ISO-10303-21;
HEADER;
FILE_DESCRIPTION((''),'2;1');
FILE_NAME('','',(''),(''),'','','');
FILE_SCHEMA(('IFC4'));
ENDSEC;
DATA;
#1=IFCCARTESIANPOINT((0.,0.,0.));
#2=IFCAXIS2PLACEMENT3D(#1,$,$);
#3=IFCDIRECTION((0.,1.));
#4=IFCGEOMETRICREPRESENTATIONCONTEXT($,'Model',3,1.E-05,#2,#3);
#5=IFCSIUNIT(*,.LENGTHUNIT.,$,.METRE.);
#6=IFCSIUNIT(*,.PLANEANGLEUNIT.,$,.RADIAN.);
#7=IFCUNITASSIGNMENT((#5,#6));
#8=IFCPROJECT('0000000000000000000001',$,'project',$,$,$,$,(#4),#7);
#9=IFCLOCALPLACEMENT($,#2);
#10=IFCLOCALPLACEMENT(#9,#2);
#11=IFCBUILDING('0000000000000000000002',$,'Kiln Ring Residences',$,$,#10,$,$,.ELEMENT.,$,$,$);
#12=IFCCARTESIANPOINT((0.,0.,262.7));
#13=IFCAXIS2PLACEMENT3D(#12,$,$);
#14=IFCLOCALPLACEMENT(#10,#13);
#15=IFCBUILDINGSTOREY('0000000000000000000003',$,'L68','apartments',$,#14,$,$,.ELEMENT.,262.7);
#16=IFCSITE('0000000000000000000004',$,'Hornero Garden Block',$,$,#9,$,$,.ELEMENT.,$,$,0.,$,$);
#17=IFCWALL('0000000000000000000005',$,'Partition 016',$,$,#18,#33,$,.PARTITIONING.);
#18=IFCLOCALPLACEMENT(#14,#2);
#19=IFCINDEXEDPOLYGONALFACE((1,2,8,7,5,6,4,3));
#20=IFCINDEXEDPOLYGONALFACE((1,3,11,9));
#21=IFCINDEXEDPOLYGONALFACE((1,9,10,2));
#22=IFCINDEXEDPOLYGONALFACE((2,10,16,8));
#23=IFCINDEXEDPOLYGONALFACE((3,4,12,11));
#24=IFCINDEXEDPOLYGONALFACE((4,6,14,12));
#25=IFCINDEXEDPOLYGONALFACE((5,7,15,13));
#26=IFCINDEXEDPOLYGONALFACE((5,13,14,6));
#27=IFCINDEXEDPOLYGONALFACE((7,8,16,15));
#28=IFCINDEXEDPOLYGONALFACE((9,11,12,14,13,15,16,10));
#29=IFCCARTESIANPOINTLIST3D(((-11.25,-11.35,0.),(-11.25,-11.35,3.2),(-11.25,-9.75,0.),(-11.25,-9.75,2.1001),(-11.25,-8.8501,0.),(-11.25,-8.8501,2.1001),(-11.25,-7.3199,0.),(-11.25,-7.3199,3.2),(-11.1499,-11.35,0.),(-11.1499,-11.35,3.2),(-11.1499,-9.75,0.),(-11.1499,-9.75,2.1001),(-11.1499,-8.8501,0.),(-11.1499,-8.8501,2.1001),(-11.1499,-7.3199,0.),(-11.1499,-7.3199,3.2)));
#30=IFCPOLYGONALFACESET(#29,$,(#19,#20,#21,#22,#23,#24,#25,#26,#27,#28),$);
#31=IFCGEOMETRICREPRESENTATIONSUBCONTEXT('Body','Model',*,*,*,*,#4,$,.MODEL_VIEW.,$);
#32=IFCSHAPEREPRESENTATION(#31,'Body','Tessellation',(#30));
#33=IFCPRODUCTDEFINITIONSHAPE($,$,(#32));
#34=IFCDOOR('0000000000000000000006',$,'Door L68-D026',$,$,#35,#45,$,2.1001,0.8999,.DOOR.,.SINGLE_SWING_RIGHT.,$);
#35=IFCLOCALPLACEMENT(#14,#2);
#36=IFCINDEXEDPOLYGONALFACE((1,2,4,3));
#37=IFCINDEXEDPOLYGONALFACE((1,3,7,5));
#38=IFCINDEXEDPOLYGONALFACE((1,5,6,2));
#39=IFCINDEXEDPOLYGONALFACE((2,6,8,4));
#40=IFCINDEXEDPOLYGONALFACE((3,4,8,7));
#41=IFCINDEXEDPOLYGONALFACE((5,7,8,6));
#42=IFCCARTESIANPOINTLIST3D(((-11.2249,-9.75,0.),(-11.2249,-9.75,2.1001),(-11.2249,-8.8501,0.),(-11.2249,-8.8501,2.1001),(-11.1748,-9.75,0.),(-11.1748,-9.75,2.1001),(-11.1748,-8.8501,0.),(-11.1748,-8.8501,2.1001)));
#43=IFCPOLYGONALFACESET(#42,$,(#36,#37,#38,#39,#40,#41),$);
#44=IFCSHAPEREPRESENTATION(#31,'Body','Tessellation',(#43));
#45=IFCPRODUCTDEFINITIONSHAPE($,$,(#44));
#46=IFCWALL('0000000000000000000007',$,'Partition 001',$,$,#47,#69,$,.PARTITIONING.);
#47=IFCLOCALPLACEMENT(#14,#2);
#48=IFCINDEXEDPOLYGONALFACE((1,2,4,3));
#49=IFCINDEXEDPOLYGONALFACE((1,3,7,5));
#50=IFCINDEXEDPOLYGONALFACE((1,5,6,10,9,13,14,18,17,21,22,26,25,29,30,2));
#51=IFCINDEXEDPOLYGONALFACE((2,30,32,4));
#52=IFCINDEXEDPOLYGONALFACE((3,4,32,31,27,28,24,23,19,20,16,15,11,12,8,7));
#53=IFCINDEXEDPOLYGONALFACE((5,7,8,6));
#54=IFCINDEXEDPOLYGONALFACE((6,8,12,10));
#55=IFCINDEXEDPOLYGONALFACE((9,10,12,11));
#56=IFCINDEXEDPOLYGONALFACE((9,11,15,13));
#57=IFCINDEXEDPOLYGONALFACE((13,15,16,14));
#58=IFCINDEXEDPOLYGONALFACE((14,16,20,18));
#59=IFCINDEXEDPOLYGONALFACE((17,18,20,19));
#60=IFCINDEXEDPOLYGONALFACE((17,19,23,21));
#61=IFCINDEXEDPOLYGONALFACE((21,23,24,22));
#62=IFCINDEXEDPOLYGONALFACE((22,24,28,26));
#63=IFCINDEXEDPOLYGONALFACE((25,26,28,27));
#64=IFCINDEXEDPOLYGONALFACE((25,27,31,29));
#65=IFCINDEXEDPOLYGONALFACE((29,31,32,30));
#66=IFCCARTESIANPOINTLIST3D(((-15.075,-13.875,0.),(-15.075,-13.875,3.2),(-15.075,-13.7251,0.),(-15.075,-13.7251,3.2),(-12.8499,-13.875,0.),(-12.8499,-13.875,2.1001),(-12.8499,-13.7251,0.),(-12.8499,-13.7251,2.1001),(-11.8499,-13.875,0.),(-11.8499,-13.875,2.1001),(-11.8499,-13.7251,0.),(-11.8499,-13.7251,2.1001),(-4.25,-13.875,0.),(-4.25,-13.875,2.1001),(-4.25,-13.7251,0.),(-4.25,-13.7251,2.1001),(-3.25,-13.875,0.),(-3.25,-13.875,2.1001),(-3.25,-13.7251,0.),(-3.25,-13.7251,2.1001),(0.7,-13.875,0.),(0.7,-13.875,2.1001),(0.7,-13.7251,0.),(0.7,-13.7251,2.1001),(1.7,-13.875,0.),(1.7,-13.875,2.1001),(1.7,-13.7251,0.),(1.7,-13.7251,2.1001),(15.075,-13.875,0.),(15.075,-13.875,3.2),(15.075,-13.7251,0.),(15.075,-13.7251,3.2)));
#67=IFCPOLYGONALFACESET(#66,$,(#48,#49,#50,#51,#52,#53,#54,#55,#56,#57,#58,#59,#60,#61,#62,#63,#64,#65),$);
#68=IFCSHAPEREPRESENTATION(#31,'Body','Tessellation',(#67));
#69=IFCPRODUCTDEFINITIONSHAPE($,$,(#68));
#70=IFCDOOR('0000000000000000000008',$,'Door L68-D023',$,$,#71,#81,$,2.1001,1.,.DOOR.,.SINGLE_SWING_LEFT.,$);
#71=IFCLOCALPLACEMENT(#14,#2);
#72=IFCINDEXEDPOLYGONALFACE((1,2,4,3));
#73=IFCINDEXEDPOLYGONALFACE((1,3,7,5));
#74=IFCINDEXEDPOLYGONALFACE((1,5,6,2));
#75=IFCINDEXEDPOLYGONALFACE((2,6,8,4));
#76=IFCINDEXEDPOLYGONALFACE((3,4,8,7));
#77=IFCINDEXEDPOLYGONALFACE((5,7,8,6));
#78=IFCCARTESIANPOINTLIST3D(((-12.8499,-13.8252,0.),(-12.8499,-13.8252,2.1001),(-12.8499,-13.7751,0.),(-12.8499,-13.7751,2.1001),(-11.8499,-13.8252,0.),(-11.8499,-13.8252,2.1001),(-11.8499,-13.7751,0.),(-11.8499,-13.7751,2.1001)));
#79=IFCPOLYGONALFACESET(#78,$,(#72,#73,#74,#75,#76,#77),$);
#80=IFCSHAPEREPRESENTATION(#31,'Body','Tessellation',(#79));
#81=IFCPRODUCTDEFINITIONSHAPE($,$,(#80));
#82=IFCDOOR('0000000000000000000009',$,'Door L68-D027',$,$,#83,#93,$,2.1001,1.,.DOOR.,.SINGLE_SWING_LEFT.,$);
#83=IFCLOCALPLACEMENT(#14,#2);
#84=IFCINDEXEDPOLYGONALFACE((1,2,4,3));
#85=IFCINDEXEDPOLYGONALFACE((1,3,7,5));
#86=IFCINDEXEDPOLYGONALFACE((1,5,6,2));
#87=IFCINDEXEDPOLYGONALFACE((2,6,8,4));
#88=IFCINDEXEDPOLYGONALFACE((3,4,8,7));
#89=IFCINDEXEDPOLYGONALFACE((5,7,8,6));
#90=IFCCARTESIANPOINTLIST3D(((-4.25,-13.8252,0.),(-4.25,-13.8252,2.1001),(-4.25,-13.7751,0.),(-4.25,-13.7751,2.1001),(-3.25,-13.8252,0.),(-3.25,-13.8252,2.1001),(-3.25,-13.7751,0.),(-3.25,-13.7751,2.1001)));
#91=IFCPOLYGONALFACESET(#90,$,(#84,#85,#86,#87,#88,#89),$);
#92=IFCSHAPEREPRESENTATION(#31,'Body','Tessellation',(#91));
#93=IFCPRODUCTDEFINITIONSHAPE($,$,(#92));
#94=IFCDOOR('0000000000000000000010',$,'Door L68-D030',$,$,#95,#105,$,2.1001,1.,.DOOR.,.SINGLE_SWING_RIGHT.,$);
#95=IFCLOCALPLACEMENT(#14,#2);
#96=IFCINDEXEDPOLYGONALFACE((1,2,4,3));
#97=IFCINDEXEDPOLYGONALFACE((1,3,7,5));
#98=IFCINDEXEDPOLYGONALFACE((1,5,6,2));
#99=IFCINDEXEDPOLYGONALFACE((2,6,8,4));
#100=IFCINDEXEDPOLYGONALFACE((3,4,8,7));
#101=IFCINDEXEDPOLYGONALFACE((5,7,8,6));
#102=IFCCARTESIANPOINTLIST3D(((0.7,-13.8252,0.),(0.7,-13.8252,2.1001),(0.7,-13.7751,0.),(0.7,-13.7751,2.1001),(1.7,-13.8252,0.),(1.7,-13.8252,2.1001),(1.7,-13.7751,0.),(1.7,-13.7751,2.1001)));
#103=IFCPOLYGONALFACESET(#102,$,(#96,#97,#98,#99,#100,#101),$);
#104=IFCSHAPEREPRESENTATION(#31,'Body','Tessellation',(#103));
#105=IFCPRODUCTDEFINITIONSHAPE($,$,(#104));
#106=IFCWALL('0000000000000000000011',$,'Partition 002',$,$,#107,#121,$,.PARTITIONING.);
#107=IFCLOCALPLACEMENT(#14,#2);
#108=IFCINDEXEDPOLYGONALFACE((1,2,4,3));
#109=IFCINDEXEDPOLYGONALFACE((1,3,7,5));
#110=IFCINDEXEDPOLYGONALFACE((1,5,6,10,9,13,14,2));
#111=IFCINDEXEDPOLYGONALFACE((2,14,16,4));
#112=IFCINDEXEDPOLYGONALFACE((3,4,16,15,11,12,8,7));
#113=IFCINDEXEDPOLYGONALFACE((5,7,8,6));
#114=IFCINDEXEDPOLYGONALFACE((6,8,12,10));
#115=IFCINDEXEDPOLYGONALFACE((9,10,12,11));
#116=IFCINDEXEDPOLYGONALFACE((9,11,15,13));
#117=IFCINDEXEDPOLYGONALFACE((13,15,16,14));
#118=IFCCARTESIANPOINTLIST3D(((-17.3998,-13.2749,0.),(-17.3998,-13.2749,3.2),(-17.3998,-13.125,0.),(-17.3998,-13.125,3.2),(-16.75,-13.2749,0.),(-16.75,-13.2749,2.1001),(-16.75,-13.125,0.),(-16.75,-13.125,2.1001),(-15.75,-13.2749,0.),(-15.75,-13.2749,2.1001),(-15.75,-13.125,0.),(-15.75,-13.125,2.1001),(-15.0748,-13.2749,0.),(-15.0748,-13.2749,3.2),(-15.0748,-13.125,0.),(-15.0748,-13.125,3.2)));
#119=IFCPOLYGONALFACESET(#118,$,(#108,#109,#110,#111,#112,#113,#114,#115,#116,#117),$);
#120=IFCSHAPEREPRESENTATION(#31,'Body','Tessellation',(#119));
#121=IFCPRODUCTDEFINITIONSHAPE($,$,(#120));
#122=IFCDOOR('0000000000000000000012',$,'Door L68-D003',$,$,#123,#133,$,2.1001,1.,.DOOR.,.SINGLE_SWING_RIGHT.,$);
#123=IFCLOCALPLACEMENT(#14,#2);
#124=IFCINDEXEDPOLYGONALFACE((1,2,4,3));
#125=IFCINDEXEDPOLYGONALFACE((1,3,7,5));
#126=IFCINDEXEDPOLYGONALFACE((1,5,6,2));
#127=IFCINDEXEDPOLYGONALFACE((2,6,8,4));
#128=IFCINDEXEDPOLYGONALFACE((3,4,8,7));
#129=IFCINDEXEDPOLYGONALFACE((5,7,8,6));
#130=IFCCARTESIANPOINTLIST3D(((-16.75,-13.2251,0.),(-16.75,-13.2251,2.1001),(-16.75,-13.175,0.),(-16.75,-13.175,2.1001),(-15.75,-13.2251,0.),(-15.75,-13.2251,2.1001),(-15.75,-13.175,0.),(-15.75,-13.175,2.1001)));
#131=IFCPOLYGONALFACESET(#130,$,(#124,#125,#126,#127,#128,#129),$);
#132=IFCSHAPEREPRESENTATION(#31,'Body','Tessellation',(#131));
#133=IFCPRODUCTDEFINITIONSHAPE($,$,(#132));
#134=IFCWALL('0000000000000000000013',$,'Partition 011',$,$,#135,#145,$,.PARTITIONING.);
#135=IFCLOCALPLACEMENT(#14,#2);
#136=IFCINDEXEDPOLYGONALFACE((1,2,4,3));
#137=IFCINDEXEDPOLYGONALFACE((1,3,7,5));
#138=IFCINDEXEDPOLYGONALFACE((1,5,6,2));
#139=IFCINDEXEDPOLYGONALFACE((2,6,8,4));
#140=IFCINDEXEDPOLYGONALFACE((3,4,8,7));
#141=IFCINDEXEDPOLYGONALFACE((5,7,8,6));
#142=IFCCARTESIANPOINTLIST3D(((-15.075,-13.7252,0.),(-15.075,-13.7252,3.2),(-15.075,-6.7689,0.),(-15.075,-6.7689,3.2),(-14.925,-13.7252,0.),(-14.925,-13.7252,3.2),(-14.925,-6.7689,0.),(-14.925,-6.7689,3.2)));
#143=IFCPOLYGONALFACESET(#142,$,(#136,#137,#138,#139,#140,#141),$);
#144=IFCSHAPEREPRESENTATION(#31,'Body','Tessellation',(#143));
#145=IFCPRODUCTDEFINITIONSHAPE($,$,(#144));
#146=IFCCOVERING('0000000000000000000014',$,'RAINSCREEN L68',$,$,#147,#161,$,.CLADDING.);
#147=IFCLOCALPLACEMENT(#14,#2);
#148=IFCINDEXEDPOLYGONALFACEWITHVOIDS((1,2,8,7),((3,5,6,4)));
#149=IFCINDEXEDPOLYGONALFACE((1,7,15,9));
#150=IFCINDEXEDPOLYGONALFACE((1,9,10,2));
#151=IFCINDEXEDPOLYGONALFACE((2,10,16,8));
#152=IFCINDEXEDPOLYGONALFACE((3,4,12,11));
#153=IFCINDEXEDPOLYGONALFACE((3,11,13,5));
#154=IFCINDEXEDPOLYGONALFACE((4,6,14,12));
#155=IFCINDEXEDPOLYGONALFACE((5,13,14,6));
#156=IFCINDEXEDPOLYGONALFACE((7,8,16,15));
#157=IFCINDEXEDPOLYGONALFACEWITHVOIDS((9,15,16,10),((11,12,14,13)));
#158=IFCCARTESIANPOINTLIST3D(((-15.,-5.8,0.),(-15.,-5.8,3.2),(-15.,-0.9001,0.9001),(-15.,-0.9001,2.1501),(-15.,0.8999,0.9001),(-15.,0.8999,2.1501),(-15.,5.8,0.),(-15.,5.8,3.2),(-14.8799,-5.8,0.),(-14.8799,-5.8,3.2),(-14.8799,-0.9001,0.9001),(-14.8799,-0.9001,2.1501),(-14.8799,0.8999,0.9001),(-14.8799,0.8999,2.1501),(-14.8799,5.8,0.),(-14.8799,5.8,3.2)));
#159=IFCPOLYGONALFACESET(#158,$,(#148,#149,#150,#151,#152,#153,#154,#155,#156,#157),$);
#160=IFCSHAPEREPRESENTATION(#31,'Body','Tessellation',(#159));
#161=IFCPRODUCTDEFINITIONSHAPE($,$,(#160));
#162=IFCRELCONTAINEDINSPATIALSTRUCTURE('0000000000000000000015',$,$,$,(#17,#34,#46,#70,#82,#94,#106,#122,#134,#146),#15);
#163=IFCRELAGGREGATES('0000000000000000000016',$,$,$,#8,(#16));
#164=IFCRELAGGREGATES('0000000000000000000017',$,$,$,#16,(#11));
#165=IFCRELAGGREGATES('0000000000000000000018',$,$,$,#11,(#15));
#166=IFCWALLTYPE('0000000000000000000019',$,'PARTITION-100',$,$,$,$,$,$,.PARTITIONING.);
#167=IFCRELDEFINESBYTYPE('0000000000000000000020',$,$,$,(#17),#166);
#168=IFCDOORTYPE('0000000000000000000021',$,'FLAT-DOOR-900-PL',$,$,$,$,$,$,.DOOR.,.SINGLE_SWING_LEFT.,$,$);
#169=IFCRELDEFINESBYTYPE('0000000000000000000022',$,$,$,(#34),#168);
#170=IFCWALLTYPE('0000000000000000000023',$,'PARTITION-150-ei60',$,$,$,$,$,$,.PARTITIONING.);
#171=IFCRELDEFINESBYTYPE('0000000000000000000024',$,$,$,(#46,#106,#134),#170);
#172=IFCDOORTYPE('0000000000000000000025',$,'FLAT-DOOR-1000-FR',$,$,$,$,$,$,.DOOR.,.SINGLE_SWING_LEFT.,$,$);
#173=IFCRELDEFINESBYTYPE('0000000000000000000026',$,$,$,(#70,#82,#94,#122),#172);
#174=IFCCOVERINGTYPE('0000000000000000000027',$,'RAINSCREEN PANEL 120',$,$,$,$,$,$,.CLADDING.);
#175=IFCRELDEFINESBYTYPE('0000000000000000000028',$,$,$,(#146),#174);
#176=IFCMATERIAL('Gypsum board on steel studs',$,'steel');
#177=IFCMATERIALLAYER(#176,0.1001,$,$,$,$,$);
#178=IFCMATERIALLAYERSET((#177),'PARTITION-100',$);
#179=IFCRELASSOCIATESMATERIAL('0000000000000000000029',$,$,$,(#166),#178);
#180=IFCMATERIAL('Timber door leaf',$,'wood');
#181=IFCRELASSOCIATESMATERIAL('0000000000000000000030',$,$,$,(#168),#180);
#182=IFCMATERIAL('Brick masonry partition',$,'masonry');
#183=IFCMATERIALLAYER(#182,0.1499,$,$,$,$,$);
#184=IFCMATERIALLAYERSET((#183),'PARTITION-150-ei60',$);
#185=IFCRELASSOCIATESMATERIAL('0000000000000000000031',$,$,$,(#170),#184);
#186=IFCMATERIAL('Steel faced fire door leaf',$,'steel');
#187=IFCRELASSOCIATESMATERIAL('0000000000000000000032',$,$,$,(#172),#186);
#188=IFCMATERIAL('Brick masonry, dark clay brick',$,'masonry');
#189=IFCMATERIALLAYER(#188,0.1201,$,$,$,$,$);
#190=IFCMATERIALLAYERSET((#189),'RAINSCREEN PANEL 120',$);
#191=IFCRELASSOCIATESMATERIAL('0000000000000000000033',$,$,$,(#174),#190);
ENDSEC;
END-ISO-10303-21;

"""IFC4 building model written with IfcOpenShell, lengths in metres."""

from ifc_helpers import new_model, si_unit, direction, frame, frame_2d, origin, place, context, subcontext, project, spatial, polyline, rectangle, outline, extrude, material, layer, layer_set, type_object, element, fill, save


model = new_model("IFC4")

# Units and contexts
model_context = context("Model", 3, precision=1e-05, world=origin(), true_north=direction((0.0, 1.0)))
body_context = subcontext(model_context, "Body", "Model", "MODEL_VIEW")
ifc_project = project(units=[si_unit("LENGTHUNIT", "METRE"), si_unit("PLANEANGLEUNIT", "RADIAN")], contexts=[model_context])

# Site, building, storey
site_placement = place(None, origin())
site = spatial("IfcSite", under=ifc_project, at=site_placement, Name="Hornero Garden Block", CompositionType="ELEMENT", RefElevation=0.0)
building_placement = place(site_placement, origin())
building = spatial("IfcBuilding", under=site, at=building_placement, Name="Kiln Ring Residences", CompositionType="ELEMENT")
storey_placement = place(building_placement, frame((0.0, 0.0, 262.7)))
storey = spatial("IfcBuildingStorey", under=building, at=storey_placement, Name="L68", Description="apartments", CompositionType="ELEMENT", Elevation=262.7)

# Shared definitions
ifc_material_1 = material(Name="Gypsum board on steel studs", Category="steel")
ifc_layer_1 = layer(ifc_material_1, 0.1001)
ifc_layer_set_1 = layer_set([ifc_layer_1], Name="PARTITION-100")
wall_type_1 = type_object("IfcWallType", Name="PARTITION-100", PredefinedType="PARTITIONING", material=ifc_layer_set_1)
ifc_material_2 = material(Name="Timber door leaf", Category="wood")
door_type_1 = type_object("IfcDoorType", Name="FLAT-DOOR-900-PL", OperationType="SINGLE_SWING_LEFT", PredefinedType="DOOR", material=ifc_material_2)

# Wall, opening, door
wall_1_placement = place(storey_placement, frame((-11.2, -11.3501, 0.0), z_axis=(0.0, 0.0, 1.0), x_axis=(0.0, 1.0, 0.0)))
wall_1 = element("IfcWall", 1, at=wall_1_placement, inside=storey, type_object=wall_type_1, Name="Partition 016", PredefinedType="PARTITIONING", context=body_context, shape_type="SweptSolid", body=[
    extrude(rectangle(XDim=4.03, YDim=0.1001, at=frame_2d((2.0151, 0.0))), origin(), (0.0, 0.0, 1.0), 3.2),
])
opening_1_placement = place(wall_1_placement, frame((1.6001, 0.0, 0.0)))
opening_1 = element("IfcOpeningElement", 2, at=opening_1_placement, cuts=wall_1, PredefinedType="OPENING", context=body_context, shape_type="SweptSolid", body=[
    extrude(rectangle(XDim=0.8999, YDim=2.1001, at=frame_2d((0.45, 1.05))), frame((0.0, 0.0601, 0.0), z_axis=(0.0, -1.0, 0.0), x_axis=(1.0, 0.0, 0.0)), (0.0, 0.0, 1.0), 0.1201),
])
door_1_placement = place(opening_1_placement, origin())
door_1 = element("IfcDoor", 3, at=door_1_placement, inside=storey, type_object=door_type_1, Name="Door L68-D026", OperationType="SINGLE_SWING_RIGHT", OverallHeight=2.1001, OverallWidth=0.8999, PredefinedType="DOOR", context=body_context, shape_type="SweptSolid", body=[
    extrude(rectangle(XDim=0.8999, YDim=2.1001, at=frame_2d((0.45, 1.05))), frame((0.0, 0.0249, 0.0), z_axis=(0.0, -1.0, 0.0), x_axis=(1.0, 0.0, 0.0)), (0.0, 0.0, 1.0), 0.05),
])
fill(opening_1, door_1)

# Wall, openings, doors
ifc_material_3 = material(Name="Brick masonry partition", Category="masonry")
ifc_layer_2 = layer(ifc_material_3, 0.1499)
ifc_layer_set_2 = layer_set([ifc_layer_2], Name="PARTITION-150-ei60")
wall_type_2 = type_object("IfcWallType", Name="PARTITION-150-ei60", PredefinedType="PARTITIONING", material=ifc_layer_set_2)
wall_2_placement = place(storey_placement, frame((-15.075, -13.8, 0.0), z_axis=(0.0, 0.0, 1.0), x_axis=(1.0, 0.0, 0.0)))
wall_2 = element("IfcWall", 4, at=wall_2_placement, inside=storey, type_object=wall_type_2, Name="Partition 001", PredefinedType="PARTITIONING", context=body_context, shape_type="SweptSolid", body=[
    extrude(rectangle(XDim=30.1499, YDim=0.1499, at=frame_2d((15.075, 0.0))), origin(), (0.0, 0.0, 1.0), 3.2),
])
opening_2_placement = place(wall_2_placement, frame((2.2251, 0.0, 0.0)))
opening_2 = element("IfcOpeningElement", 5, at=opening_2_placement, cuts=wall_2, PredefinedType="OPENING", context=body_context, shape_type="SweptSolid", body=[
    extrude(rectangle(XDim=1.0, YDim=2.1001, at=frame_2d((0.5, 1.05))), frame((0.0, 0.085, 0.0), z_axis=(0.0, -1.0, 0.0), x_axis=(1.0, 0.0, 0.0)), (0.0, 0.0, 1.0), 0.1699),
])
opening_3_placement = place(wall_2_placement, frame((10.825, 0.0, 0.0)))
opening_3 = element("IfcOpeningElement", 6, at=opening_3_placement, cuts=wall_2, PredefinedType="OPENING", context=body_context, shape_type="SweptSolid", body=[
    extrude(rectangle(XDim=1.0, YDim=2.1001, at=frame_2d((0.5, 1.05))), frame((0.0, 0.085, 0.0), z_axis=(0.0, -1.0, 0.0), x_axis=(1.0, 0.0, 0.0)), (0.0, 0.0, 1.0), 0.1699),
])
opening_4_placement = place(wall_2_placement, frame((15.7749, 0.0, 0.0)))
opening_4 = element("IfcOpeningElement", 7, at=opening_4_placement, cuts=wall_2, PredefinedType="OPENING", context=body_context, shape_type="SweptSolid", body=[
    extrude(rectangle(XDim=1.0, YDim=2.1001, at=frame_2d((0.5, 1.05))), frame((0.0, 0.085, 0.0), z_axis=(0.0, -1.0, 0.0), x_axis=(1.0, 0.0, 0.0)), (0.0, 0.0, 1.0), 0.1699),
])
ifc_material_4 = material(Name="Steel faced fire door leaf", Category="steel")
door_type_2 = type_object("IfcDoorType", Name="FLAT-DOOR-1000-FR", OperationType="SINGLE_SWING_LEFT", PredefinedType="DOOR", material=ifc_material_4)
door_2_placement = place(opening_2_placement, origin())
door_2 = element("IfcDoor", 8, at=door_2_placement, inside=storey, type_object=door_type_2, Name="Door L68-D023", OperationType="SINGLE_SWING_LEFT", OverallHeight=2.1001, OverallWidth=1.0, PredefinedType="DOOR", context=body_context, shape_type="SweptSolid", body=[
    extrude(rectangle(XDim=1.0, YDim=2.1001, at=frame_2d((0.5, 1.05))), frame((0.0, 0.0249, 0.0), z_axis=(0.0, -1.0, 0.0), x_axis=(1.0, 0.0, 0.0)), (0.0, 0.0, 1.0), 0.05),
])
fill(opening_2, door_2)
door_3_placement = place(opening_3_placement, origin())
door_3 = element("IfcDoor", 9, at=door_3_placement, inside=storey, type_object=door_type_2, Name="Door L68-D027", OperationType="SINGLE_SWING_LEFT", OverallHeight=2.1001, OverallWidth=1.0, PredefinedType="DOOR", context=body_context, shape_type="SweptSolid", body=[
    extrude(rectangle(XDim=1.0, YDim=2.1001, at=frame_2d((0.5, 1.05))), frame((0.0, 0.0249, 0.0), z_axis=(0.0, -1.0, 0.0), x_axis=(1.0, 0.0, 0.0)), (0.0, 0.0, 1.0), 0.05),
])
fill(opening_3, door_3)
door_4_placement = place(opening_4_placement, origin())
door_4 = element("IfcDoor", 10, at=door_4_placement, inside=storey, type_object=door_type_2, Name="Door L68-D030", OperationType="SINGLE_SWING_RIGHT", OverallHeight=2.1001, OverallWidth=1.0, PredefinedType="DOOR", context=body_context, shape_type="SweptSolid", body=[
    extrude(rectangle(XDim=1.0, YDim=2.1001, at=frame_2d((0.5, 1.05))), frame((0.0, 0.0249, 0.0), z_axis=(0.0, -1.0, 0.0), x_axis=(1.0, 0.0, 0.0)), (0.0, 0.0, 1.0), 0.05),
])
fill(opening_4, door_4)

# Wall, opening, door
wall_3_placement = place(storey_placement, frame((-17.3999, -13.2, 0.0), z_axis=(0.0, 0.0, 1.0), x_axis=(1.0, 0.0, 0.0)))
wall_3 = element("IfcWall", 11, at=wall_3_placement, inside=storey, type_object=wall_type_2, Name="Partition 002", PredefinedType="PARTITIONING", context=body_context, shape_type="SweptSolid", body=[
    extrude(rectangle(XDim=2.325, YDim=0.1499, at=frame_2d((1.1626, 0.0))), origin(), (0.0, 0.0, 1.0), 3.2),
])
opening_5_placement = place(wall_3_placement, frame((0.6499, 0.0, 0.0)))
opening_5 = element("IfcOpeningElement", 12, at=opening_5_placement, cuts=wall_3, PredefinedType="OPENING", context=body_context, shape_type="SweptSolid", body=[
    extrude(rectangle(XDim=1.0, YDim=2.1001, at=frame_2d((0.5, 1.05))), frame((0.0, 0.085, 0.0), z_axis=(0.0, -1.0, 0.0), x_axis=(1.0, 0.0, 0.0)), (0.0, 0.0, 1.0), 0.1699),
])
door_5_placement = place(opening_5_placement, origin())
door_5 = element("IfcDoor", 13, at=door_5_placement, inside=storey, type_object=door_type_2, Name="Door L68-D003", OperationType="SINGLE_SWING_RIGHT", OverallHeight=2.1001, OverallWidth=1.0, PredefinedType="DOOR", context=body_context, shape_type="SweptSolid", body=[
    extrude(rectangle(XDim=1.0, YDim=2.1001, at=frame_2d((0.5, 1.05))), frame((0.0, 0.0249, 0.0), z_axis=(0.0, -1.0, 0.0), x_axis=(1.0, 0.0, 0.0)), (0.0, 0.0, 1.0), 0.05),
])
fill(opening_5, door_5)

# Wall
wall_4_placement = place(storey_placement, frame((-15.0, -13.7251, 0.0), z_axis=(0.0, 0.0, 1.0), x_axis=(0.0, 1.0, 0.0)))
element("IfcWall", 14, at=wall_4_placement, inside=storey, type_object=wall_type_2, Name="Partition 011", PredefinedType="PARTITIONING", context=body_context, shape_type="SweptSolid", body=[
    extrude(rectangle(XDim=6.9563, YDim=0.1499, at=frame_2d((3.478, 0.0))), origin(), (0.0, 0.0, 1.0), 3.2),
])

# Covering
ifc_material_5 = material(Name="Brick masonry, dark clay brick", Category="masonry")
ifc_layer_3 = layer(ifc_material_5, 0.1201)
ifc_layer_set_3 = layer_set([ifc_layer_3], Name="RAINSCREEN PANEL 120")
covering_type = type_object("IfcCoveringType", Name="RAINSCREEN PANEL 120", PredefinedType="CLADDING", material=ifc_layer_set_3)
covering_placement = place(storey_placement, frame((-14.9399, -5.8, 0.0), z_axis=(0.0, 0.0, 1.0), x_axis=(0.0, 1.0, 0.0)))
element("IfcCovering", 15, at=covering_placement, inside=storey, type_object=covering_type, Name="RAINSCREEN L68", PredefinedType="CLADDING", context=body_context, shape_type="SweptSolid", body=[
    extrude(outline(polyline([(0.0, 0.0), (11.6001, 0.0), (11.6001, 3.2), (0.0, 3.2), (0.0, 0.0)]), holes=[polyline([(4.8999, 2.1501), (4.8999, 0.9001), (6.7, 0.9001), (6.7, 2.1501), (4.8999, 2.1501)])]), frame((0.0, 0.0601, 0.0), z_axis=(0.0, -1.0, 0.0), x_axis=(1.0, 0.0, 0.0)), (0.0, 0.0, 1.0), 0.1201),
])

save(model, "model.ifc")
